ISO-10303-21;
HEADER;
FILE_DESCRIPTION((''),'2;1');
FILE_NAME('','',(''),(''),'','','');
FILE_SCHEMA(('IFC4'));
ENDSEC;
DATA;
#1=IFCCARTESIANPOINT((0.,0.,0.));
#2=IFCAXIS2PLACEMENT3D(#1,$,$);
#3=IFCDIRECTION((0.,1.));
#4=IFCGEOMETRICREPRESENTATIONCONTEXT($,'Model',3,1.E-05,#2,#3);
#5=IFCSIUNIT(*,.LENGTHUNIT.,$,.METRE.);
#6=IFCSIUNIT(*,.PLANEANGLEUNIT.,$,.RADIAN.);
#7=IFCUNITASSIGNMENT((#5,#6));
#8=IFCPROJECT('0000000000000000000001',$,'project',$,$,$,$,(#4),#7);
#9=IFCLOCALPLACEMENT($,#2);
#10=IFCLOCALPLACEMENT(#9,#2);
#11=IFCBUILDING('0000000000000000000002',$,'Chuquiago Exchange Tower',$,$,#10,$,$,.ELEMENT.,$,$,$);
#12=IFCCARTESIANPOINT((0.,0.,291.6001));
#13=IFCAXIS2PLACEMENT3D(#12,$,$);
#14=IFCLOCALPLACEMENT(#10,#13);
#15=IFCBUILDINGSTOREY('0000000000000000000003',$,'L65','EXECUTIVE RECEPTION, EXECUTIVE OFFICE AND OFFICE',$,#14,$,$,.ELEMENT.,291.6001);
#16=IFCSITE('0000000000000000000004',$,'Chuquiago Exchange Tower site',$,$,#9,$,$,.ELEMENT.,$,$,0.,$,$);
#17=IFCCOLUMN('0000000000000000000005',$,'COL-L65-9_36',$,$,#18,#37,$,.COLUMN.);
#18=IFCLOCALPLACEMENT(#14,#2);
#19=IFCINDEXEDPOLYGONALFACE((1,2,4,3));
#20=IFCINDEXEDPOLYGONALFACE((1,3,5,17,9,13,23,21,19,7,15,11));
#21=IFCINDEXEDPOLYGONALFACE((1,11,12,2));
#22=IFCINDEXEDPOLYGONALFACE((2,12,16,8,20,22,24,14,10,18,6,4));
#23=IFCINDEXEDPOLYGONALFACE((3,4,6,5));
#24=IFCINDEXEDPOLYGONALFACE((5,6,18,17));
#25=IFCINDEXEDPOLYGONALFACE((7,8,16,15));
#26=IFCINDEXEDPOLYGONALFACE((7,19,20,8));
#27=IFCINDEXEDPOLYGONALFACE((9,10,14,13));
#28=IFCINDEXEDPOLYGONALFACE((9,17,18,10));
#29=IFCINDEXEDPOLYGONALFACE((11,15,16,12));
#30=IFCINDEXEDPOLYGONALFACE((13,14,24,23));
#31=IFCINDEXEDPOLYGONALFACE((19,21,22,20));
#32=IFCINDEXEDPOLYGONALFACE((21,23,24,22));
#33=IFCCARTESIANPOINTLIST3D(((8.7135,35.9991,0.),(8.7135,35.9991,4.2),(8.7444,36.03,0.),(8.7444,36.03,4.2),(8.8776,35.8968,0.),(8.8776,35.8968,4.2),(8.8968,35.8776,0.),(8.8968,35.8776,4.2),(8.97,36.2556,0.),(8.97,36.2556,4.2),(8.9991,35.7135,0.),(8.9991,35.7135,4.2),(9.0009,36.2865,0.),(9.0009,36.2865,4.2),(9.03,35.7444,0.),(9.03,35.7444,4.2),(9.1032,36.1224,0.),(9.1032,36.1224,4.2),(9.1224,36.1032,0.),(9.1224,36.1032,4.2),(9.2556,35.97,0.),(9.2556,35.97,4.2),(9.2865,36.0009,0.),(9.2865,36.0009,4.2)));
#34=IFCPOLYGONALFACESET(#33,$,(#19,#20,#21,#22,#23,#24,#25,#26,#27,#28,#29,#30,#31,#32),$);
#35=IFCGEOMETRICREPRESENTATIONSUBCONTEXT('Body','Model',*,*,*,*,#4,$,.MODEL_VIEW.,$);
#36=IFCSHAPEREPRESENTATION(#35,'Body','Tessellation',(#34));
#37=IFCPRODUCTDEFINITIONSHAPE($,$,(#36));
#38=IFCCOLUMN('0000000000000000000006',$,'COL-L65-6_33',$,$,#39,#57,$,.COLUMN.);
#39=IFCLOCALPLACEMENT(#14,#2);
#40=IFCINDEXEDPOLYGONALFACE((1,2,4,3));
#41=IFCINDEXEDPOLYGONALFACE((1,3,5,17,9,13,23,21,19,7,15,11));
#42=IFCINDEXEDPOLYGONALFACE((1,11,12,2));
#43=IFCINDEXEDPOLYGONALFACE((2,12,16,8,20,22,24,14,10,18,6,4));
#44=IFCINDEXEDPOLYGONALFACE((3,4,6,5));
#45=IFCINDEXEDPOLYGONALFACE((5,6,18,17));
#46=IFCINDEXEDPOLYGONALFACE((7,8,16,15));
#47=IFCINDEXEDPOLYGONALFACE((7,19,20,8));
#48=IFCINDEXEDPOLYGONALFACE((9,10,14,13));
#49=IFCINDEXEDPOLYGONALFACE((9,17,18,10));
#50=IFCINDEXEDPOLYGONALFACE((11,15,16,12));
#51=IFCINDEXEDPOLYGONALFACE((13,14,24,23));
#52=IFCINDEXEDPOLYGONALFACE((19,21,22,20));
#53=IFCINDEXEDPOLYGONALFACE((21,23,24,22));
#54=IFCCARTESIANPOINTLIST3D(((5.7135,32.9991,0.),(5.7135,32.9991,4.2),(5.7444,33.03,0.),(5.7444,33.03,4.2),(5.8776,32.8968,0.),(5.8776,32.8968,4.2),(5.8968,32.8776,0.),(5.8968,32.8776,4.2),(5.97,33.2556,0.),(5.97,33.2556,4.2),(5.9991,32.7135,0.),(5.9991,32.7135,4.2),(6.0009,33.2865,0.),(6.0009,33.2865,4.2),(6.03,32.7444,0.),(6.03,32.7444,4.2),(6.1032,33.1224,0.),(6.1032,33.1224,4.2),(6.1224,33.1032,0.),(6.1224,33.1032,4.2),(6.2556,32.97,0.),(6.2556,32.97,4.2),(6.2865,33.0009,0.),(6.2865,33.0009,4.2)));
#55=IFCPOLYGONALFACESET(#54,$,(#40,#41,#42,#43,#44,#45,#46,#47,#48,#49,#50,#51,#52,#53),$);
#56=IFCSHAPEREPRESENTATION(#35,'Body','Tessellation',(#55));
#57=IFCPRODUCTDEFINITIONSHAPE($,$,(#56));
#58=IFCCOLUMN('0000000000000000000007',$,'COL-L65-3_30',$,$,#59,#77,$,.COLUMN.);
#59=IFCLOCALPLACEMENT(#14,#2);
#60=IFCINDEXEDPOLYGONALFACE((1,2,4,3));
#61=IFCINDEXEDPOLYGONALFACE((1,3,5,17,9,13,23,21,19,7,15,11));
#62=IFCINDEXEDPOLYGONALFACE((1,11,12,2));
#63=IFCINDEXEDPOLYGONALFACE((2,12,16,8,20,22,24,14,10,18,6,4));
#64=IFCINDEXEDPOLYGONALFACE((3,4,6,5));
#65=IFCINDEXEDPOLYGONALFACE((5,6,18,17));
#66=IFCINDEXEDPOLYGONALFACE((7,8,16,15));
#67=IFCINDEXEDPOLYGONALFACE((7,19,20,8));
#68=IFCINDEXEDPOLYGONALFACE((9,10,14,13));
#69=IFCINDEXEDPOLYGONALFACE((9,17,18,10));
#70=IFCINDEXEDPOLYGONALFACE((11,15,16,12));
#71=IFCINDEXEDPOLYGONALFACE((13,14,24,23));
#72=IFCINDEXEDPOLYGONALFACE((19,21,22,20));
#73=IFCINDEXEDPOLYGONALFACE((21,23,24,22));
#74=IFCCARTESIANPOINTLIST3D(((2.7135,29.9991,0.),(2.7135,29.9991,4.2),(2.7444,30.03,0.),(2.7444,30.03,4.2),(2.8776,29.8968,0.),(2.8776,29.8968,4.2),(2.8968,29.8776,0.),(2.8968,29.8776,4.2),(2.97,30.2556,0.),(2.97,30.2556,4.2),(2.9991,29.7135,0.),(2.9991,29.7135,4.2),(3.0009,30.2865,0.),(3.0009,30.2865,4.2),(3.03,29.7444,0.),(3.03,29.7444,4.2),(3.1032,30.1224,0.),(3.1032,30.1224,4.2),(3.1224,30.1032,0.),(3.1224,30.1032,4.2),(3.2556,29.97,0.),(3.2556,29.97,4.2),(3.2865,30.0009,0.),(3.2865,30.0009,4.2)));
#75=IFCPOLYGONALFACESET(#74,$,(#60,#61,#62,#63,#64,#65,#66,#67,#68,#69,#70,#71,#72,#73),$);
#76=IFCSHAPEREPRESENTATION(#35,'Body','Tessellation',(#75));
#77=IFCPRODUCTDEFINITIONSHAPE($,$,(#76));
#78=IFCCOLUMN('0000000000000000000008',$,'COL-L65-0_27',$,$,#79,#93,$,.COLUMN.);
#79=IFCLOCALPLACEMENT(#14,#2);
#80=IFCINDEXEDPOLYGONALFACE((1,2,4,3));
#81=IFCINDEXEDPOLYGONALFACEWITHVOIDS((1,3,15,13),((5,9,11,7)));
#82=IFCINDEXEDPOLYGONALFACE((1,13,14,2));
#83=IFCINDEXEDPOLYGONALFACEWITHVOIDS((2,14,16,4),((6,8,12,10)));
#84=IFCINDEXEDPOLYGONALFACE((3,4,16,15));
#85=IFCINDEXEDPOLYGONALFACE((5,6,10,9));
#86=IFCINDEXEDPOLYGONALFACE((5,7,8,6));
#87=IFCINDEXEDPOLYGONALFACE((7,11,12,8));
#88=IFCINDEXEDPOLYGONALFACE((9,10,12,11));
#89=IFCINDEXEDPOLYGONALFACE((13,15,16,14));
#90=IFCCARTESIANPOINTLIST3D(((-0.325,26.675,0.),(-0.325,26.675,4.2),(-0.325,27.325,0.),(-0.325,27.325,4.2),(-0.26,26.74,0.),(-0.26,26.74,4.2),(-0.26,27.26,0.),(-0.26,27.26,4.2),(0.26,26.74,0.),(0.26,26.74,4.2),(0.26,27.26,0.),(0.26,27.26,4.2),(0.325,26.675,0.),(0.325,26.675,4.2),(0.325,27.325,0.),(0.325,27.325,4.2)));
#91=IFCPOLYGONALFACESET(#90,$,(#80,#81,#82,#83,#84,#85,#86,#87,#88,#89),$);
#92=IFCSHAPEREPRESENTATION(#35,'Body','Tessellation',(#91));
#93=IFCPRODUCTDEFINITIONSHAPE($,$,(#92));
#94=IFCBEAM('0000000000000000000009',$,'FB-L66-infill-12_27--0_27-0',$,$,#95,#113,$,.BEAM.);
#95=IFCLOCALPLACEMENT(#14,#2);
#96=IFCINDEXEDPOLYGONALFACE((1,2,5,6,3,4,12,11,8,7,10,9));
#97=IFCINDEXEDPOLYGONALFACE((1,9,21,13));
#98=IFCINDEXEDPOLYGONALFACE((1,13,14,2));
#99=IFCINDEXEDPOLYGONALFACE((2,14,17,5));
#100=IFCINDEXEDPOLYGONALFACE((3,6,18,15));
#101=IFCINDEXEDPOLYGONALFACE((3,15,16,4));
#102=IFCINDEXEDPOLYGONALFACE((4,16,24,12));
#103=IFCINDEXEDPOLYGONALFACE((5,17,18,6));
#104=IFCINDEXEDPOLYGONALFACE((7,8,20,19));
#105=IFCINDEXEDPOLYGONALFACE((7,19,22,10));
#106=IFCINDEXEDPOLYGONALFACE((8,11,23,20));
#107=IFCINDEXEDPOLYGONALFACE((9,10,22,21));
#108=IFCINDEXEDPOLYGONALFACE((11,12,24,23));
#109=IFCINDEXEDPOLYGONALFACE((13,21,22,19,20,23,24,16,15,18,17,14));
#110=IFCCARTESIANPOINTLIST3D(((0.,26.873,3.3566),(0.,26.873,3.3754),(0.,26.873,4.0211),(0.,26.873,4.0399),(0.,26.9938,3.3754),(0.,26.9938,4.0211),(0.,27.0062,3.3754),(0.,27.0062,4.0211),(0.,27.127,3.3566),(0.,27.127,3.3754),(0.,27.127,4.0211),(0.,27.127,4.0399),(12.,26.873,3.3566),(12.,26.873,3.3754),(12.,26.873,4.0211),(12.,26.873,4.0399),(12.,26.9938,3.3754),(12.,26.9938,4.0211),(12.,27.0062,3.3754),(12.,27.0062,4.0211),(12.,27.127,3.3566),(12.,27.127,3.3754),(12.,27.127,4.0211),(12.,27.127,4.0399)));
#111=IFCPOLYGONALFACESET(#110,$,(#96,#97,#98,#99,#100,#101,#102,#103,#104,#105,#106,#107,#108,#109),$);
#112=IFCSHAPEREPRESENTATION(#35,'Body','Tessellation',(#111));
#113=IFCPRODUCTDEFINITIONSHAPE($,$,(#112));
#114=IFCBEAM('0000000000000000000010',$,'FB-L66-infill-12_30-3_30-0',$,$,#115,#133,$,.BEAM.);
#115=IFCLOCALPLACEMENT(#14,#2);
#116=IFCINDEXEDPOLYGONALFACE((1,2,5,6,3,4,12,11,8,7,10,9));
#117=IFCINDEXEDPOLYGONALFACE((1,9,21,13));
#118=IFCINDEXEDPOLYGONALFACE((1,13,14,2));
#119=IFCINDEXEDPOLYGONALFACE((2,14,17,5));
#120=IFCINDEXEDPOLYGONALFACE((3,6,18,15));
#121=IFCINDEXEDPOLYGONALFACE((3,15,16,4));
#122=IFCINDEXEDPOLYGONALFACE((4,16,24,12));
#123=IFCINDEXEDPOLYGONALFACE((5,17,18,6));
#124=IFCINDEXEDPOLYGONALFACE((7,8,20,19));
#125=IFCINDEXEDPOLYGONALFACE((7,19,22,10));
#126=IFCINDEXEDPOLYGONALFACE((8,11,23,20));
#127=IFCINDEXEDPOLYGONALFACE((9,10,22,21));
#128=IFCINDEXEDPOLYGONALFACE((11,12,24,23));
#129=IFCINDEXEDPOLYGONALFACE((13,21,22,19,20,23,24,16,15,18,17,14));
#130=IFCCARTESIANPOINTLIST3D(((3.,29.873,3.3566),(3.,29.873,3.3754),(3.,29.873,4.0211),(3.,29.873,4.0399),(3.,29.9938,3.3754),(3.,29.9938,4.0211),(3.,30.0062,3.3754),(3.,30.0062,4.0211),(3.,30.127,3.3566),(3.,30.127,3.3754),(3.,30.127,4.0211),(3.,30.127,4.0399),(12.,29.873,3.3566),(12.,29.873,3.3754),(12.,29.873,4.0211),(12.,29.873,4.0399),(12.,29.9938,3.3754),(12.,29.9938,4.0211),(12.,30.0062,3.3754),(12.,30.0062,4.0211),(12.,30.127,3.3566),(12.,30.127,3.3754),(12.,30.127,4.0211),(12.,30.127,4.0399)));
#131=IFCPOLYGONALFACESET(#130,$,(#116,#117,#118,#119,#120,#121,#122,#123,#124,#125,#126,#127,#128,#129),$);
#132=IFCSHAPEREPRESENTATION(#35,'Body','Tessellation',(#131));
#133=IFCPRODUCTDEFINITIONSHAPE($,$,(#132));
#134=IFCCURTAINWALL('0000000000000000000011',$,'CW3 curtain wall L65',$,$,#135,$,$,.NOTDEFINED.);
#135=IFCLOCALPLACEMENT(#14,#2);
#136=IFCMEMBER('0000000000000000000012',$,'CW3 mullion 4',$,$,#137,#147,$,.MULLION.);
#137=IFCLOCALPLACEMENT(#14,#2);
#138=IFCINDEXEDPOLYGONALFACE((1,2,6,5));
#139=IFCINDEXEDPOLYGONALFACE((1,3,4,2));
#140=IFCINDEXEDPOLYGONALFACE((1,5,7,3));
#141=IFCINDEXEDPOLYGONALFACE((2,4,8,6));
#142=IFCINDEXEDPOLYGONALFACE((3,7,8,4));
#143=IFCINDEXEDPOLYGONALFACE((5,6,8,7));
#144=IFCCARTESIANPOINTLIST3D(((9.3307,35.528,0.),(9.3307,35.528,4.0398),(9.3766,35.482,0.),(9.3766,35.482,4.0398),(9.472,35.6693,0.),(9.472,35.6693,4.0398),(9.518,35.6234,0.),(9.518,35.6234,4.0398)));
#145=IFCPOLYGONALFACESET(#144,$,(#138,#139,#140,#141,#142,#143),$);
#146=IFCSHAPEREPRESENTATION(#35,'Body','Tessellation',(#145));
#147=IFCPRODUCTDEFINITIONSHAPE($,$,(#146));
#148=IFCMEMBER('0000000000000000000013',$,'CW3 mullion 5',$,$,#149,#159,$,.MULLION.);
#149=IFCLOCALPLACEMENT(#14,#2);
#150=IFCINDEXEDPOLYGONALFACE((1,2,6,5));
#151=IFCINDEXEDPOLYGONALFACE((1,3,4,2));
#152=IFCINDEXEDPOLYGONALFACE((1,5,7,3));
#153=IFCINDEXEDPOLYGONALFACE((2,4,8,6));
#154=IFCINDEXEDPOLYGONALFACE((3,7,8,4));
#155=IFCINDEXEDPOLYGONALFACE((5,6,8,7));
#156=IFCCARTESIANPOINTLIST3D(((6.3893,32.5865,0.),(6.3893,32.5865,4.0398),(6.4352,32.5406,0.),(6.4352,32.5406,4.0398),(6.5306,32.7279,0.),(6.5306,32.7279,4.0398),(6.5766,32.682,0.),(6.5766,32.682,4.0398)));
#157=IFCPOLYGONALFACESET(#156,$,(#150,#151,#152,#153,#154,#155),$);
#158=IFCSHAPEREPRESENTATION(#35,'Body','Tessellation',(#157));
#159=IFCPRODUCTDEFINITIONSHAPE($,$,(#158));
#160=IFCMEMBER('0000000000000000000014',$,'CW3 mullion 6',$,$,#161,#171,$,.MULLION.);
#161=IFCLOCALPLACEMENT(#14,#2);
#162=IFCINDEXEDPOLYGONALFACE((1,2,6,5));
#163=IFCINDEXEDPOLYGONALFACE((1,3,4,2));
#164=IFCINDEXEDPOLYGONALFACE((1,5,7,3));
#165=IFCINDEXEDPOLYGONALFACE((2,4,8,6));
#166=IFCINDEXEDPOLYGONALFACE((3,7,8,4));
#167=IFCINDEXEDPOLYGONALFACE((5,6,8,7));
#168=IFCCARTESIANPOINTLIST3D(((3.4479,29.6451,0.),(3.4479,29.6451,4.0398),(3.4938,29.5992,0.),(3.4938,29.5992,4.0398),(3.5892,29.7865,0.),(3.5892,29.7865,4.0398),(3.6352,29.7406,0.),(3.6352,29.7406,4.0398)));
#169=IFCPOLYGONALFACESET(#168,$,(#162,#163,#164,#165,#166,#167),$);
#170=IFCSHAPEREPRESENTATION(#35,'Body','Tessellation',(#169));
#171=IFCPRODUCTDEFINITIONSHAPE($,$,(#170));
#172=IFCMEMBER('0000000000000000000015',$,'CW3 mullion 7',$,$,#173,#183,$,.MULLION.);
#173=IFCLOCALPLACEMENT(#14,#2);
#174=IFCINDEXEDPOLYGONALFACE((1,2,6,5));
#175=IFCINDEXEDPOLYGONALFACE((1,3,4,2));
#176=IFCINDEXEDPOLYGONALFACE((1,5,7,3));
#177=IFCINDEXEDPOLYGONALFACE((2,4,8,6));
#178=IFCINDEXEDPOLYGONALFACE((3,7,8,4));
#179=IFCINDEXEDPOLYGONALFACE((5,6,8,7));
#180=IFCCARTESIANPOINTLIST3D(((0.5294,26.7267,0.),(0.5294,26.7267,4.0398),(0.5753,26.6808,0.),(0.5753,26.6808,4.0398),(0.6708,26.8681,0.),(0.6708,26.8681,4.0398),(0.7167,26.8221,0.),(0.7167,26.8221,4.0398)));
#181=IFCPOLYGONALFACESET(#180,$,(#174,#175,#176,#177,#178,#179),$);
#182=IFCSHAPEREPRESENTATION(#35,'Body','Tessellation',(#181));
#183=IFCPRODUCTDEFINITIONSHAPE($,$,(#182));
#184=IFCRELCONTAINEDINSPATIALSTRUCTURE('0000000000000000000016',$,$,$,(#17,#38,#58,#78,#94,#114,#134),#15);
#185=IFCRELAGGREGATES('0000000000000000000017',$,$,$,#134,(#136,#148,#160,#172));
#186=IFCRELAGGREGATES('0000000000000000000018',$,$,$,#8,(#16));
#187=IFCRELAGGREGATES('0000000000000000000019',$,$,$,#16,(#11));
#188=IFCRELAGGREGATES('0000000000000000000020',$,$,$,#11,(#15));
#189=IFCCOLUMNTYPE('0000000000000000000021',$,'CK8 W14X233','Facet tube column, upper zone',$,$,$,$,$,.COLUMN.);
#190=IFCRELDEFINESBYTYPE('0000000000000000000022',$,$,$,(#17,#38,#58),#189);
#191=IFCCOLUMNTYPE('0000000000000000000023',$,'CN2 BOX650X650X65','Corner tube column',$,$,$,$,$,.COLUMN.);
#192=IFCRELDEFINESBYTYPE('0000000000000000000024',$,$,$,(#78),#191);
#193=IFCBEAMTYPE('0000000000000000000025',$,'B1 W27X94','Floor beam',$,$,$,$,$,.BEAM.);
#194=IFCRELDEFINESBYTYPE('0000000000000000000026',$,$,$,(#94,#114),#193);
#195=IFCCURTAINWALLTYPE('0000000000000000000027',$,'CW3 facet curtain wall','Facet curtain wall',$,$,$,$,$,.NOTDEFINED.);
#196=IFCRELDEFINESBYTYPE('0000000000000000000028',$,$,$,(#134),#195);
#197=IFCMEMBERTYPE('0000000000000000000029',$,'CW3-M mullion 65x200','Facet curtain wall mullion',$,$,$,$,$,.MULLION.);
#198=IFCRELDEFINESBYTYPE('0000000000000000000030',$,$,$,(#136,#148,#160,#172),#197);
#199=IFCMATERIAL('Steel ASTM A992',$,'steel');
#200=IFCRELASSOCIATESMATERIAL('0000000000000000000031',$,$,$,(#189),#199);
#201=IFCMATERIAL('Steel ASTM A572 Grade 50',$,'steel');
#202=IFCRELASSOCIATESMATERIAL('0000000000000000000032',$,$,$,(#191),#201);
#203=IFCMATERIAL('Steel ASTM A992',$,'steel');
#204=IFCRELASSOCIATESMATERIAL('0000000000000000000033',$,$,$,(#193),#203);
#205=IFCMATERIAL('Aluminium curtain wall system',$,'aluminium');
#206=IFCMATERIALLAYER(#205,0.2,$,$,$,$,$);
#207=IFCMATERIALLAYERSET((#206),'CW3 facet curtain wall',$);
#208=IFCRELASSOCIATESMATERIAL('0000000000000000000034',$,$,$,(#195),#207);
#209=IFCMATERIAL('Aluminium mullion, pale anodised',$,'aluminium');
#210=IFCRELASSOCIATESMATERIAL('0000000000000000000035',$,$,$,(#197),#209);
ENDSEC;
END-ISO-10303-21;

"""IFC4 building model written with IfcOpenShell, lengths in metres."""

from ifc_helpers import new_model, si_unit, direction, frame, origin, origin_2d, place, context, subcontext, project, spatial, rectangle, hollow_rectangle, i_section, extrude, material, layer, layer_set, material_profile, profile_set, type_object, element, aggregate, save


model = new_model("IFC4")

# Units and contexts
model_context = context("Model", 3, precision=1e-05, world=origin(), true_north=direction((0.0, 1.0)))
body_context = subcontext(model_context, "Body", "Model", "MODEL_VIEW")
ifc_project = project(units=[si_unit("LENGTHUNIT", "METRE"), si_unit("PLANEANGLEUNIT", "RADIAN")], contexts=[model_context])

# Site, building, storey
site_placement = place(None, origin())
site = spatial("IfcSite", under=ifc_project, at=site_placement, Name="Chuquiago Exchange Tower site", CompositionType="ELEMENT", RefElevation=0.0)
building_placement = place(site_placement, origin())
building = spatial("IfcBuilding", under=site, at=building_placement, Name="Chuquiago Exchange Tower", CompositionType="ELEMENT")
storey_placement = place(building_placement, frame((0.0, 0.0, 291.6001)))
storey = spatial("IfcBuildingStorey", under=building, at=storey_placement, Name="L65", Description="EXECUTIVE RECEPTION, EXECUTIVE OFFICE AND OFFICE", CompositionType="ELEMENT", Elevation=291.6001)

# Columns
ifc_material_1 = material(Name="Steel ASTM A992", Category="steel")
ifc_material_profile_1 = material_profile(ifc_material_1, i_section(OverallWidth=0.4038, OverallDepth=0.4065, WebThickness=0.0271, FlangeThickness=0.0437, at=origin_2d()), Name="W14X233")
ifc_profile_set_1 = profile_set([ifc_material_profile_1], Name="Steel ASTM A992")
column_type_1 = type_object("IfcColumnType", Name="CK8 W14X233", Description="Facet tube column, upper zone", PredefinedType="COLUMN", material=ifc_profile_set_1)
for number, where, z_axis, x_axis, name in (
    (1, (9.0, 36.0, 0.0), (0.0, 0.0, 1.0), (-0.707107, 0.707107, 0.0), "COL-L65-9_36"),
    (2, (6.0, 33.0, 0.0), (0.0, 0.0, 1.0), (-0.707107, 0.707107, 0.0), "COL-L65-6_33"),
    (3, (3.0, 30.0, 0.0), (0.0, 0.0, 1.0), (-0.707107, 0.707107, 0.0), "COL-L65-3_30"),
):
    element("IfcColumn", number, at=place(storey_placement, frame(where, z_axis=z_axis, x_axis=x_axis)), inside=storey, type_object=column_type_1, Name=name, PredefinedType="COLUMN", context=body_context, shape_type="SweptSolid", body=[
        extrude(i_section(OverallWidth=0.4038, OverallDepth=0.4065, WebThickness=0.0271, FlangeThickness=0.0437, at=origin_2d()), origin(), (0.0, 0.0, 1.0), 4.2),
    ])
ifc_material_2 = material(Name="Steel ASTM A572 Grade 50", Category="steel")
ifc_material_profile_2 = material_profile(ifc_material_2, hollow_rectangle(XDim=0.6499, YDim=0.6499, WallThickness=0.0649, at=origin_2d()), Name="BOX650X650X65")
ifc_profile_set_2 = profile_set([ifc_material_profile_2], Name="Steel ASTM A572 Grade 50")
column_type_2 = type_object("IfcColumnType", Name="CN2 BOX650X650X65", Description="Corner tube column", PredefinedType="COLUMN", material=ifc_profile_set_2)
column_placement = place(storey_placement, frame((0.0, 27.0, 0.0), z_axis=(0.0, 0.0, 1.0), x_axis=(-1.0, 0.0, 0.0)))
element("IfcColumn", 4, at=column_placement, inside=storey, type_object=column_type_2, Name="COL-L65-0_27", PredefinedType="COLUMN", context=body_context, shape_type="SweptSolid", body=[
    extrude(hollow_rectangle(XDim=0.6499, YDim=0.6499, WallThickness=0.0649, at=origin_2d()), origin(), (0.0, 0.0, 1.0), 4.2),
])

# Beams
ifc_material_3 = material(Name="Steel ASTM A992", Category="steel")
ifc_material_profile_3 = material_profile(ifc_material_3, i_section(OverallWidth=0.2539, OverallDepth=0.6833, WebThickness=0.0125, FlangeThickness=0.0188, at=origin_2d()), Name="W27X94")
ifc_profile_set_3 = profile_set([ifc_material_profile_3], Name="Steel ASTM A992")
beam_type_1 = type_object("IfcBeamType", Name="B1 W27X94", Description="Floor beam", PredefinedType="BEAM", material=ifc_profile_set_3)
beam_1_placement = place(storey_placement, frame((12.0, 27.0, 3.6982), z_axis=(-1.0, 0.0, 0.0), x_axis=(0.0, -1.0, 0.0)))
element("IfcBeam", 5, at=beam_1_placement, inside=storey, type_object=beam_type_1, Name="FB-L66-infill-12_27--0_27-0", PredefinedType="BEAM", context=body_context, shape_type="SweptSolid", body=[
    extrude(i_section(OverallWidth=0.2539, OverallDepth=0.6833, WebThickness=0.0125, FlangeThickness=0.0188, at=origin_2d()), origin(), (0.0, 0.0, 1.0), 12.0),
])
beam_2_placement = place(storey_placement, frame((12.0, 30.0, 3.6982), z_axis=(-1.0, 0.0, 0.0), x_axis=(0.0, -1.0, 0.0)))
element("IfcBeam", 6, at=beam_2_placement, inside=storey, type_object=beam_type_1, Name="FB-L66-infill-12_30-3_30-0", PredefinedType="BEAM", context=body_context, shape_type="SweptSolid", body=[
    extrude(i_section(OverallWidth=0.2539, OverallDepth=0.6833, WebThickness=0.0125, FlangeThickness=0.0188, at=origin_2d()), origin(), (0.0, 0.0, 1.0), 9.0),
])

# Curtain wall, members
ifc_material_4 = material(Name="Aluminium curtain wall system", Category="aluminium")
ifc_layer_1 = layer(ifc_material_4, 0.2)
ifc_layer_set_1 = layer_set([ifc_layer_1], Name="CW3 facet curtain wall")
curtain_wall_type = type_object("IfcCurtainWallType", Name="CW3 facet curtain wall", Description="Facet curtain wall", PredefinedType="NOTDEFINED", material=ifc_layer_set_1)
curtain_wall_placement = place(storey_placement, origin())
curtain_wall = element("IfcCurtainWall", 7, at=curtain_wall_placement, inside=storey, type_object=curtain_wall_type, Name="CW3 curtain wall L65", PredefinedType="NOTDEFINED")
ifc_material_5 = material(Name="Aluminium mullion, pale anodised", Category="aluminium")
ifc_material_profile_4 = material_profile(ifc_material_5, rectangle(XDim=0.0649, YDim=0.2, at=origin_2d()), Name="AL 65x200")
ifc_profile_set_4 = profile_set([ifc_material_profile_4], Name="Aluminium mullion, pale anodised")
member_type_1 = type_object("IfcMemberType", Name="CW3-M mullion 65x200", Description="Facet curtain wall mullion", PredefinedType="MULLION", material=ifc_profile_set_4)
member_1_placement = place(storey_placement, frame((9.4243, 35.5757, 0.0), z_axis=(0.0, 0.0, 1.0), x_axis=(0.707107, -0.707107, 0.0)))
member_1 = element("IfcMember", 8, at=member_1_placement, type_object=member_type_1, Name="CW3 mullion 4", PredefinedType="MULLION", context=body_context, shape_type="SweptSolid", body=[
    extrude(rectangle(XDim=0.0649, YDim=0.2, at=origin_2d()), origin(), (0.0, 0.0, 1.0), 4.0398),
])
member_2_placement = place(storey_placement, frame((6.4829, 32.6343, 0.0), z_axis=(0.0, 0.0, 1.0), x_axis=(0.707107, -0.707107, 0.0)))
member_2 = element("IfcMember", 9, at=member_2_placement, type_object=member_type_1, Name="CW3 mullion 5", PredefinedType="MULLION", context=body_context, shape_type="SweptSolid", body=[
    extrude(rectangle(XDim=0.0649, YDim=0.2, at=origin_2d()), origin(), (0.0, 0.0, 1.0), 4.0398),
])
member_3_placement = place(storey_placement, frame((3.5415, 29.6929, 0.0), z_axis=(0.0, 0.0, 1.0), x_axis=(0.707107, -0.707107, 0.0)))
member_3 = element("IfcMember", 10, at=member_3_placement, type_object=member_type_1, Name="CW3 mullion 6", PredefinedType="MULLION", context=body_context, shape_type="SweptSolid", body=[
    extrude(rectangle(XDim=0.0649, YDim=0.2, at=origin_2d()), origin(), (0.0, 0.0, 1.0), 4.0398),
])
member_4_placement = place(storey_placement, frame((0.623, 26.7744, 0.0), z_axis=(0.0, 0.0, 1.0), x_axis=(0.707107, -0.707107, 0.0)))
member_4 = element("IfcMember", 11, at=member_4_placement, type_object=member_type_1, Name="CW3 mullion 7", PredefinedType="MULLION", context=body_context, shape_type="SweptSolid", body=[
    extrude(rectangle(XDim=0.0649, YDim=0.2, at=origin_2d()), origin(), (0.0, 0.0, 1.0), 4.0398),
])

aggregate(curtain_wall, [member_1, member_2, member_3, member_4])

save(model, "model.ifc")
